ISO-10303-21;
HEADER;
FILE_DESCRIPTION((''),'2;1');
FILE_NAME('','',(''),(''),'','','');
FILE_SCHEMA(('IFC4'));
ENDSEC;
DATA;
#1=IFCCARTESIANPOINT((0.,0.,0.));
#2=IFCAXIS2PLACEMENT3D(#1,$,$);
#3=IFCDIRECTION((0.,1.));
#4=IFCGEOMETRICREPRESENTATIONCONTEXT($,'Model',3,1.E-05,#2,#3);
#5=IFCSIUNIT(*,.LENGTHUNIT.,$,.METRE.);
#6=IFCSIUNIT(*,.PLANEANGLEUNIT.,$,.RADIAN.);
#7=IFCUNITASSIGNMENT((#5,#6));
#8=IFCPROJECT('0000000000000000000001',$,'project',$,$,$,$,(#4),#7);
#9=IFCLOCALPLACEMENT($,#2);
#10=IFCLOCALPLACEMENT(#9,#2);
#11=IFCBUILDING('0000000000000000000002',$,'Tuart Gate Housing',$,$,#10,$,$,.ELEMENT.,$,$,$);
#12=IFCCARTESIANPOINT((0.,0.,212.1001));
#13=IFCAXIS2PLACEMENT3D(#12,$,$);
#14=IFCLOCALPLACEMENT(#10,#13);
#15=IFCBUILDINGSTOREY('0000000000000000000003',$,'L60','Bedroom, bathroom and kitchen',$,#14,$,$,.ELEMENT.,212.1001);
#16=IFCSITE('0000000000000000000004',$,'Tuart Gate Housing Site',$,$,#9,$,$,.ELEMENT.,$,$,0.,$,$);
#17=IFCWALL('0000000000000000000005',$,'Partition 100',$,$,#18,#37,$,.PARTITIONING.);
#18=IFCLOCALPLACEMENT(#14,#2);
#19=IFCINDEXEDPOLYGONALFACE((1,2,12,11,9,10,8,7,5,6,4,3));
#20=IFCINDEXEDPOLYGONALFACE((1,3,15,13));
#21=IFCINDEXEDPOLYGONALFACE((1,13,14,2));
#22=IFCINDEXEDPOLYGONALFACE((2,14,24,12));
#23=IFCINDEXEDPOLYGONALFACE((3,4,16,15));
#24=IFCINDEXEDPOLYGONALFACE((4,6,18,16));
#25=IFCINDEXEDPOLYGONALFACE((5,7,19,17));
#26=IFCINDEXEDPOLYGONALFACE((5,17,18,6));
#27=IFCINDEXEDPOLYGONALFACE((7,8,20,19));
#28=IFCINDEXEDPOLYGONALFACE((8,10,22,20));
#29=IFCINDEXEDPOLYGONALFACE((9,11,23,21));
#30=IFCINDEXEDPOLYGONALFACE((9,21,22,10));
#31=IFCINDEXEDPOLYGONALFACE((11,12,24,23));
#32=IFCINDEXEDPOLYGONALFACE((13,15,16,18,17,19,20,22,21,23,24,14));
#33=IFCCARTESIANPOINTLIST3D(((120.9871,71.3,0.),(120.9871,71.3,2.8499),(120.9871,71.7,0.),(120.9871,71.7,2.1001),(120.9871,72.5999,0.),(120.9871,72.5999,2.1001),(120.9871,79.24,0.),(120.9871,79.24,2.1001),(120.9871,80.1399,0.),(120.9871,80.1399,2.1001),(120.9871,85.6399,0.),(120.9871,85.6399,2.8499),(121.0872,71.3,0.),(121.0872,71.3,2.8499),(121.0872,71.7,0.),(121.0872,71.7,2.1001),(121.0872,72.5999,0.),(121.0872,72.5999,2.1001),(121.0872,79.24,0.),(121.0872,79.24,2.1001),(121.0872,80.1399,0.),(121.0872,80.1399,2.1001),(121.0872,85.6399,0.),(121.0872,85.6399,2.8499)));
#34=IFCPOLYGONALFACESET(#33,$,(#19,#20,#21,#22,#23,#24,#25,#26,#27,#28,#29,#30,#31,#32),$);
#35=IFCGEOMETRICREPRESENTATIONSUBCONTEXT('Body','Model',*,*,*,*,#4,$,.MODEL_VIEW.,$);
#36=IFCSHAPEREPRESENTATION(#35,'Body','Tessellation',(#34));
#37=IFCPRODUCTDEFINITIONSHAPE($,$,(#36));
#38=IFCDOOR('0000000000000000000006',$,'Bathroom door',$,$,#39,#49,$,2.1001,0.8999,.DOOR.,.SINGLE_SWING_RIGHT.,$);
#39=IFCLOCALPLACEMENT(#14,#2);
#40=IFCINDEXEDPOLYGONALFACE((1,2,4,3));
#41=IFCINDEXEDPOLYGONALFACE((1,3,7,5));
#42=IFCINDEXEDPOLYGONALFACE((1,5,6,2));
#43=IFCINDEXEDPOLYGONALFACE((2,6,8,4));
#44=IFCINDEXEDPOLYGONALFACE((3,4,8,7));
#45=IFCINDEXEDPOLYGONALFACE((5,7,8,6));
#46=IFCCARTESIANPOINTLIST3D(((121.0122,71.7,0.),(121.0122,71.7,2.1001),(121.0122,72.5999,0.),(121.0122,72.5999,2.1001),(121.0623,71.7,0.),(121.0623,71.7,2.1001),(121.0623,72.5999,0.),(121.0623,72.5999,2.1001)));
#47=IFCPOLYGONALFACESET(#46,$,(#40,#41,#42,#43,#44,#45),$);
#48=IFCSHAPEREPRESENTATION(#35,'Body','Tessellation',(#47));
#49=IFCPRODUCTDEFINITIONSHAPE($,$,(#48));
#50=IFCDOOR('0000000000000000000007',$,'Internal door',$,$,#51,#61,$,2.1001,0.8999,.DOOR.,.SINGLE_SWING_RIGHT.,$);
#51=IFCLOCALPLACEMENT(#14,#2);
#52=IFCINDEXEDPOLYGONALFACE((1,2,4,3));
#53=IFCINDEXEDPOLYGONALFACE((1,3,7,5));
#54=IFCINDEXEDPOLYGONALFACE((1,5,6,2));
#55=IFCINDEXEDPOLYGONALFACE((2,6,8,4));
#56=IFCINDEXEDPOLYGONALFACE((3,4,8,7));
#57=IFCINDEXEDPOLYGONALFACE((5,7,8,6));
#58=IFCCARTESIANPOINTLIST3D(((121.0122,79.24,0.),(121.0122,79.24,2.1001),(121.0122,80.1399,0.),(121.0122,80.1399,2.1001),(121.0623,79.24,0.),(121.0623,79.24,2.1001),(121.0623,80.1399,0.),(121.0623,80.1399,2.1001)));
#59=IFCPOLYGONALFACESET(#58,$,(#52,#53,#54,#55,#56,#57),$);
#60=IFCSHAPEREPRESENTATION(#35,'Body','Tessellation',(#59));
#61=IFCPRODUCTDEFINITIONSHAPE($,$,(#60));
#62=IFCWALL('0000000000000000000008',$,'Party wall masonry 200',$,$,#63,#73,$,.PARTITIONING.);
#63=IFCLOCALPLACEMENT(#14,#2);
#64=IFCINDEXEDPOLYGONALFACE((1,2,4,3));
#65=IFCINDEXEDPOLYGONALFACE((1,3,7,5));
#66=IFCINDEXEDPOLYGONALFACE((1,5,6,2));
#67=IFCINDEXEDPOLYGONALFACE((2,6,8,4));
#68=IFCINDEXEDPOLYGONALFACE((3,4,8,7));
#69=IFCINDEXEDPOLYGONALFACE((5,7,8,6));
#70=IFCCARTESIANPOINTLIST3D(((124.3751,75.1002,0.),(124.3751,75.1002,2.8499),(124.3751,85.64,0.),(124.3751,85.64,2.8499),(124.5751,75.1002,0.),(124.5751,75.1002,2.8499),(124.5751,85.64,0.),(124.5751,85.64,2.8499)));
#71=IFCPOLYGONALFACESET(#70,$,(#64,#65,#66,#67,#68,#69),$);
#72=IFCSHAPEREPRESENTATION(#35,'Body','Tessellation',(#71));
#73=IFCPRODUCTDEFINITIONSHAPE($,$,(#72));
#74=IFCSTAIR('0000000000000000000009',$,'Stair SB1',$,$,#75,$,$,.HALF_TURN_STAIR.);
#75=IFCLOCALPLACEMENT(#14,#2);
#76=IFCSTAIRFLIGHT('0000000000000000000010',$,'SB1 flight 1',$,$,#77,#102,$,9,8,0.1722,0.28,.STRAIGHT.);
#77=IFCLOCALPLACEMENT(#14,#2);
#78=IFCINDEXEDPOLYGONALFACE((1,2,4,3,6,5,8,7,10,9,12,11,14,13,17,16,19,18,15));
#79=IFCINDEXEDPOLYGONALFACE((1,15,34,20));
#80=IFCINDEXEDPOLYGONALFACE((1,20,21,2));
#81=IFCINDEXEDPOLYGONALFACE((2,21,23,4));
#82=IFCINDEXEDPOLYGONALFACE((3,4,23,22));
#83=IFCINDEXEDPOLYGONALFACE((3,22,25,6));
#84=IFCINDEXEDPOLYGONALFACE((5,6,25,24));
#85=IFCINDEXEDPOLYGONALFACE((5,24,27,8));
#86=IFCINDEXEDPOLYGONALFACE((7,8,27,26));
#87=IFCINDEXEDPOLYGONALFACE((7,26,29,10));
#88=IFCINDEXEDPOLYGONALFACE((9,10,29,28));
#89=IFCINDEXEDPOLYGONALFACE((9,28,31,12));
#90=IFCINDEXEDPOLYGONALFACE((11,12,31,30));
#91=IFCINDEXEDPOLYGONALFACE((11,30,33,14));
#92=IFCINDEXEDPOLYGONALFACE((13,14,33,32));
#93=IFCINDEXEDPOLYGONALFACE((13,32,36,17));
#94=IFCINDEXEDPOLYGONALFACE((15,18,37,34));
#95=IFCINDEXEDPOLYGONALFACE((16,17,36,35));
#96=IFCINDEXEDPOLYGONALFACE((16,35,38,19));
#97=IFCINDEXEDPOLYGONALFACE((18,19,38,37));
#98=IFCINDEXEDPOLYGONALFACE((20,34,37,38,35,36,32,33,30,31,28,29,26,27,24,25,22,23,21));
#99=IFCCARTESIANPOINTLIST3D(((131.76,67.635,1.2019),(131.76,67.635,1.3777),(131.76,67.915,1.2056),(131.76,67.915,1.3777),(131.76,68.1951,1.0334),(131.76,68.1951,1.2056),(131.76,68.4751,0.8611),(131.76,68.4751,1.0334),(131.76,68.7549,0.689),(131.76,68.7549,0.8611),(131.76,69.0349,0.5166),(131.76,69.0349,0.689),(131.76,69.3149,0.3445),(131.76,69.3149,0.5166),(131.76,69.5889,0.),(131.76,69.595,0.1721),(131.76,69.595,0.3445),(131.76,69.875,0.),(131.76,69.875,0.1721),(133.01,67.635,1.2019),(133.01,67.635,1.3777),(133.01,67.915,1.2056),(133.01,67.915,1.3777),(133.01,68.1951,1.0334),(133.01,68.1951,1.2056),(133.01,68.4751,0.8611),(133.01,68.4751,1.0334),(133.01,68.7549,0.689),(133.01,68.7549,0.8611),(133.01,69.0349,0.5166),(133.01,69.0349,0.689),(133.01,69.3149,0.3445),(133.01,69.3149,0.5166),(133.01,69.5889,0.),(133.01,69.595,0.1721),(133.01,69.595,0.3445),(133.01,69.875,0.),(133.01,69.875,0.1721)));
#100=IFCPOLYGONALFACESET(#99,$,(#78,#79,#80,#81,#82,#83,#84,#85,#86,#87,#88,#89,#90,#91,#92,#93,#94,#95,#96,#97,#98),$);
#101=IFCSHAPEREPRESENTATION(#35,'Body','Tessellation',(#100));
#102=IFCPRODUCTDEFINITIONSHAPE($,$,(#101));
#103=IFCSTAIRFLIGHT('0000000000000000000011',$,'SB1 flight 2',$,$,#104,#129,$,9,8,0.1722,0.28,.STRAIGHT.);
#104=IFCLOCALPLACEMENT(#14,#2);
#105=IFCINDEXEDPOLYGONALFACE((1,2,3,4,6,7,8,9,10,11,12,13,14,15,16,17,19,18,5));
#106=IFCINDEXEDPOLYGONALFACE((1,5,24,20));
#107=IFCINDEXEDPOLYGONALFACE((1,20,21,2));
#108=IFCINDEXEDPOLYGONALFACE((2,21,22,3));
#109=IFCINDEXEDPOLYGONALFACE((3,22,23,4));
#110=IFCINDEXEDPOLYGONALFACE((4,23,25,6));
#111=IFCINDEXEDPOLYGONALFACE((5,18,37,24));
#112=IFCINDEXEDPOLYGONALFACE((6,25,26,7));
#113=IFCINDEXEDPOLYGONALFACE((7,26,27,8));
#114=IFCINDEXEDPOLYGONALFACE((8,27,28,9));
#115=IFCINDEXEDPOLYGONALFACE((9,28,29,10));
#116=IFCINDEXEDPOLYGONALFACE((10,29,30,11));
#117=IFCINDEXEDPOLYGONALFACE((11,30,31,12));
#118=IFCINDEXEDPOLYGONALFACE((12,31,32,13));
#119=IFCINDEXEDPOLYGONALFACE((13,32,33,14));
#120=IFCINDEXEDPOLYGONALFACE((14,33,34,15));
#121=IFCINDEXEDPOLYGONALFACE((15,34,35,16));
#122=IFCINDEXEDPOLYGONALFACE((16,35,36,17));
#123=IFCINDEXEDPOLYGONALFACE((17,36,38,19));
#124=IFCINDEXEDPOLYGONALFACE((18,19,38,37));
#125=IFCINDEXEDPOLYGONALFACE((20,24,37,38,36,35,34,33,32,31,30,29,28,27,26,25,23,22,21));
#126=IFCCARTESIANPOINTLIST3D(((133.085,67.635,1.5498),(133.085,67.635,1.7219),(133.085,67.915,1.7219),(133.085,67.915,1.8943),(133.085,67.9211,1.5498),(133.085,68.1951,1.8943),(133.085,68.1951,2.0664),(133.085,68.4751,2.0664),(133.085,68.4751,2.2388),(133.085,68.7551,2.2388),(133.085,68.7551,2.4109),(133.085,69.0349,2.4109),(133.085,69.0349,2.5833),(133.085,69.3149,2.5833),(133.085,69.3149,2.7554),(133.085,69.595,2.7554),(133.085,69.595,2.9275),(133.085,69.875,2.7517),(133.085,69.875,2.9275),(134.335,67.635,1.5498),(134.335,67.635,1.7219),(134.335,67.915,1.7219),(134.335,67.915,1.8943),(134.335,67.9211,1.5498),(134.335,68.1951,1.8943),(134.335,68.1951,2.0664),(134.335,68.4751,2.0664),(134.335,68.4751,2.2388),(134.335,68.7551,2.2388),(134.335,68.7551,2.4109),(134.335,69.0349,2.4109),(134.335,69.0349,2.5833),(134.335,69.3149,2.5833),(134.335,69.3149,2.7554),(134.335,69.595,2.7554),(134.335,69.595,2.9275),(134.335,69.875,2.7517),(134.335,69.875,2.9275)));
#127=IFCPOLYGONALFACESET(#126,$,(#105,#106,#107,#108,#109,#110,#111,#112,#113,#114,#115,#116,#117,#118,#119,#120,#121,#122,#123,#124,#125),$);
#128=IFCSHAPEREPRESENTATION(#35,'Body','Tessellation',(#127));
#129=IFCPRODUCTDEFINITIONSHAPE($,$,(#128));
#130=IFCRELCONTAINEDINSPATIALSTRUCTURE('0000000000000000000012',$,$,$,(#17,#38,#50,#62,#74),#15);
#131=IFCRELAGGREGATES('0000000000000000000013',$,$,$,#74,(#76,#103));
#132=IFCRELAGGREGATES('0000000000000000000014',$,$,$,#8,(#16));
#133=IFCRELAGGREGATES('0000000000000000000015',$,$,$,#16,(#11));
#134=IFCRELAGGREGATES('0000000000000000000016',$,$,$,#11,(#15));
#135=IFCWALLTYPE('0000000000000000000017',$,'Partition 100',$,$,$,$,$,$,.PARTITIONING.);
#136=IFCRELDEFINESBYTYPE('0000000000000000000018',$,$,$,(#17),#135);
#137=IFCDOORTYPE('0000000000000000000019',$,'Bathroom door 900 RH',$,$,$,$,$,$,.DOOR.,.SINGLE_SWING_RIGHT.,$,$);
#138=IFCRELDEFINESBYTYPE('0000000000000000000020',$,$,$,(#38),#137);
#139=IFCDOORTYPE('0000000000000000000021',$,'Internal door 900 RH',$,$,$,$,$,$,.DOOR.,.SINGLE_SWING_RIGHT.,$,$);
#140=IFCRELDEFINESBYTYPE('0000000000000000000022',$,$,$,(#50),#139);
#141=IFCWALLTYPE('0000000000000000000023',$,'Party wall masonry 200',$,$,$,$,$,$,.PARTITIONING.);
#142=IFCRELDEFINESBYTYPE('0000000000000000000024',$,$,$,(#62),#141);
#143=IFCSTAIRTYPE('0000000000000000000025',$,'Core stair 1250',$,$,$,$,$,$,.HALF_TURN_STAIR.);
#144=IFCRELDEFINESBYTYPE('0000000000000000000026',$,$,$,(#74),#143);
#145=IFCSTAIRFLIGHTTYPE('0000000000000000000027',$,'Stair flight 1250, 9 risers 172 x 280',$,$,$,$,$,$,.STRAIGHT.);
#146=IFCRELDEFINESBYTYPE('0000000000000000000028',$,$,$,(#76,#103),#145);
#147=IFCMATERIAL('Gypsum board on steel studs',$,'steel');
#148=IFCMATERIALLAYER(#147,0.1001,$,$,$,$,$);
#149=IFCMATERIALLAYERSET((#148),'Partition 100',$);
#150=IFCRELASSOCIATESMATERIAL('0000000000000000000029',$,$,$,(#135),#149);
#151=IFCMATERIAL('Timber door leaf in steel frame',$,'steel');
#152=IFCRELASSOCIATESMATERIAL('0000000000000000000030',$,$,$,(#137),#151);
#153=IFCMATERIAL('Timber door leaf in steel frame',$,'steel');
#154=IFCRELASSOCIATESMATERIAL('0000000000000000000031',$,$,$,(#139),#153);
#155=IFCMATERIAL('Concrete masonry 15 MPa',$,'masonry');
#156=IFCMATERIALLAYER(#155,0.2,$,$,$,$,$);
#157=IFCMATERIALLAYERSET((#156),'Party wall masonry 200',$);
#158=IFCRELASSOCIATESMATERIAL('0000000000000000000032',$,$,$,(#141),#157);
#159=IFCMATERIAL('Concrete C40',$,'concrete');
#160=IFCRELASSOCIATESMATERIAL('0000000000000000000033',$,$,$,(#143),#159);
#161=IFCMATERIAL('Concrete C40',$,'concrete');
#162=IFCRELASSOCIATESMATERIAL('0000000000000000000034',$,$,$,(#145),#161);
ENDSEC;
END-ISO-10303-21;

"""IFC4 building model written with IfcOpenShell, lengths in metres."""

from ifc_helpers import new_model, si_unit, direction, frame, frame_2d, origin, place, context, subcontext, project, spatial, polyline, rectangle, outline, extrude, material, layer, layer_set, type_object, element, fill, aggregate, save


model = new_model("IFC4")

# Units and contexts
model_context = context("Model", 3, precision=1e-05, world=origin(), true_north=direction((0.0, 1.0)))
body_context = subcontext(model_context, "Body", "Model", "MODEL_VIEW")
ifc_project = project(units=[si_unit("LENGTHUNIT", "METRE"), si_unit("PLANEANGLEUNIT", "RADIAN")], contexts=[model_context])

# Site, building, storey
site_placement = place(None, origin())
site = spatial("IfcSite", under=ifc_project, at=site_placement, Name="Tuart Gate Housing Site", CompositionType="ELEMENT", RefElevation=0.0)
building_placement = place(site_placement, origin())
building = spatial("IfcBuilding", under=site, at=building_placement, Name="Tuart Gate Housing", CompositionType="ELEMENT")
storey_placement = place(building_placement, frame((0.0, 0.0, 212.1001)))
storey = spatial("IfcBuildingStorey", under=building, at=storey_placement, Name="L60", Description="Bedroom, bathroom and kitchen", CompositionType="ELEMENT", Elevation=212.1001)

# Shared definitions
ifc_material_1 = material(Name="Gypsum board on steel studs", Category="steel")
ifc_layer_1 = layer(ifc_material_1, 0.1001)
ifc_layer_set_1 = layer_set([ifc_layer_1], Name="Partition 100")
wall_type_1 = type_object("IfcWallType", Name="Partition 100", PredefinedType="PARTITIONING", material=ifc_layer_set_1)

# Wall, openings, doors
wall_1_placement = place(storey_placement, frame((121.0371, 71.3, 0.0), z_axis=(0.0, 0.0, 1.0), x_axis=(0.0, 1.0, 0.0)))
wall_1 = element("IfcWall", 1, at=wall_1_placement, inside=storey, type_object=wall_type_1, Name="Partition 100", PredefinedType="PARTITIONING", context=body_context, shape_type="SweptSolid", body=[
    extrude(rectangle(XDim=14.3398, YDim=0.1001, at=frame_2d((7.1699, 0.0))), origin(), (0.0, 0.0, 1.0), 2.8499),
])
opening_1_placement = place(wall_1_placement, frame((7.9399, 0.0, 0.0)))
opening_1 = element("IfcOpeningElement", 2, at=opening_1_placement, cuts=wall_1, PredefinedType="OPENING", context=body_context, shape_type="SweptSolid", body=[
    extrude(rectangle(XDim=0.8999, YDim=2.1001, at=frame_2d((0.45, 1.05))), frame((0.0, 0.0601, 0.0), z_axis=(0.0, -1.0, 0.0), x_axis=(1.0, 0.0, 0.0)), (0.0, 0.0, 1.0), 0.1201),
])
opening_2_placement = place(wall_1_placement, frame((0.3999, 0.0, 0.0)))
opening_2 = element("IfcOpeningElement", 3, at=opening_2_placement, cuts=wall_1, PredefinedType="OPENING", context=body_context, shape_type="SweptSolid", body=[
    extrude(rectangle(XDim=0.8999, YDim=2.1001, at=frame_2d((0.45, 1.05))), frame((0.0, 0.0601, 0.0), z_axis=(0.0, -1.0, 0.0), x_axis=(1.0, 0.0, 0.0)), (0.0, 0.0, 1.0), 0.1201),
])
ifc_material_2 = material(Name="Timber door leaf in steel frame", Category="steel")
door_type_1 = type_object("IfcDoorType", Name="Bathroom door 900 RH", OperationType="SINGLE_SWING_RIGHT", PredefinedType="DOOR", material=ifc_material_2)
door_1_placement = place(opening_2_placement, frame((0.8999, 0.0, 0.0), z_axis=(0.0, 0.0, 1.0), x_axis=(-1.0, 0.0, 0.0)))
door_1 = element("IfcDoor", 4, at=door_1_placement, inside=storey, type_object=door_type_1, Name="Bathroom door", OperationType="SINGLE_SWING_RIGHT", OverallHeight=2.1001, OverallWidth=0.8999, PredefinedType="DOOR", context=body_context, shape_type="SweptSolid", body=[
    extrude(rectangle(XDim=0.8999, YDim=2.1001, at=frame_2d((0.45, 1.05))), frame((0.0, 0.0251, 0.0), z_axis=(0.0, -1.0, 0.0), x_axis=(1.0, 0.0, 0.0)), (0.0, 0.0, 1.0), 0.05),
])
fill(opening_2, door_1)
ifc_material_3 = material(Name="Timber door leaf in steel frame", Category="steel")
door_type_2 = type_object("IfcDoorType", Name="Internal door 900 RH", OperationType="SINGLE_SWING_RIGHT", PredefinedType="DOOR", material=ifc_material_3)
door_2_placement = place(opening_1_placement, frame((0.8999, 0.0, 0.0), z_axis=(0.0, 0.0, 1.0), x_axis=(-1.0, 0.0, 0.0)))
door_2 = element("IfcDoor", 5, at=door_2_placement, inside=storey, type_object=door_type_2, Name="Internal door", OperationType="SINGLE_SWING_RIGHT", OverallHeight=2.1001, OverallWidth=0.8999, PredefinedType="DOOR", context=body_context, shape_type="SweptSolid", body=[
    extrude(rectangle(XDim=0.8999, YDim=2.1001, at=frame_2d((0.45, 1.05))), frame((0.0, 0.0251, 0.0), z_axis=(0.0, -1.0, 0.0), x_axis=(1.0, 0.0, 0.0)), (0.0, 0.0, 1.0), 0.05),
])
fill(opening_1, door_2)

# Wall
ifc_material_4 = material(Name="Concrete masonry 15 MPa", Category="masonry")
ifc_layer_2 = layer(ifc_material_4, 0.2)
ifc_layer_set_2 = layer_set([ifc_layer_2], Name="Party wall masonry 200")
wall_type_2 = type_object("IfcWallType", Name="Party wall masonry 200", PredefinedType="PARTITIONING", material=ifc_layer_set_2)
wall_2_placement = place(storey_placement, frame((124.4751, 75.1001, 0.0), z_axis=(0.0, 0.0, 1.0), x_axis=(0.0, 1.0, 0.0)))
element("IfcWall", 6, at=wall_2_placement, inside=storey, type_object=wall_type_2, Name="Party wall masonry 200", PredefinedType="PARTITIONING", context=body_context, shape_type="SweptSolid", body=[
    extrude(rectangle(XDim=10.5398, YDim=0.2, at=frame_2d((5.27, 0.0))), origin(), (0.0, 0.0, 1.0), 2.8499),
])

# Stair, stair flights
ifc_material_5 = material(Name="Concrete C40", Category="concrete")
stair_type = type_object("IfcStairType", Name="Core stair 1250", PredefinedType="HALF_TURN_STAIR", material=ifc_material_5)
stair_placement = place(storey_placement, origin())
stair = element("IfcStair", 7, at=stair_placement, inside=storey, type_object=stair_type, Name="Stair SB1", PredefinedType="HALF_TURN_STAIR")
ifc_material_6 = material(Name="Concrete C40", Category="concrete")
stair_flight_type = type_object("IfcStairFlightType", Name="Stair flight 1250, 9 risers 172 x 280", PredefinedType="STRAIGHT", material=ifc_material_6)
stair_flight_1_placement = place(storey_placement, frame((132.385, 69.875, 0.0), z_axis=(0.0, 0.0, 1.0), x_axis=(0.0, -1.0, 0.0)))
stair_flight_1 = element("IfcStairFlight", 8, at=stair_flight_1_placement, type_object=stair_flight_type, Name="SB1 flight 1", NumberOfRisers=9, NumberOfTreads=8, PredefinedType="STRAIGHT", RiserHeight=0.1722, TreadLength=0.28, context=body_context, shape_type="SweptSolid", body=[
    extrude(outline(polyline([(0.0, 0.0), (0.0, 0.1721), (0.28, 0.1721), (0.28, 0.3445), (0.5601, 0.3445), (0.5601, 0.5166), (0.8401, 0.5166), (0.8401, 0.689), (1.1201, 0.689), (1.1201, 0.8611), (1.3999, 0.8611), (1.3999, 1.0334), (1.6799, 1.0334), (1.6799, 1.2056), (1.96, 1.2056), (1.96, 1.3777), (2.24, 1.3777), (2.24, 1.55), (2.24, 1.2019), (0.2861, 0.0), (0.0, 0.0)])), frame((0.0, 0.625, 0.0), z_axis=(0.0, -1.0, 0.0), x_axis=(1.0, 0.0, 0.0)), (0.0, 0.0, 1.0), 1.25),
])
stair_flight_2_placement = place(storey_placement, frame((133.71, 67.635, 1.5498), z_axis=(0.0, 0.0, 1.0), x_axis=(0.0, 1.0, 0.0)))
stair_flight_2 = element("IfcStairFlight", 9, at=stair_flight_2_placement, type_object=stair_flight_type, Name="SB1 flight 2", NumberOfRisers=9, NumberOfTreads=8, PredefinedType="STRAIGHT", RiserHeight=0.1722, TreadLength=0.28, context=body_context, shape_type="SweptSolid", body=[
    extrude(outline(polyline([(0.0, 0.0), (0.0, 0.1721), (0.28, 0.1721), (0.28, 0.3445), (0.5601, 0.3445), (0.5601, 0.5166), (0.8401, 0.5166), (0.8401, 0.689), (1.1201, 0.689), (1.1201, 0.8611), (1.3999, 0.8611), (1.3999, 1.0334), (1.6799, 1.0334), (1.6799, 1.2056), (1.96, 1.2056), (1.96, 1.3777), (2.24, 1.3777), (2.24, 1.55), (2.24, 1.2019), (0.2861, 0.0), (0.0, 0.0)])), frame((0.0, 0.625, 0.0), z_axis=(0.0, -1.0, 0.0), x_axis=(1.0, 0.0, 0.0)), (0.0, 0.0, 1.0), 1.25),
])
aggregate(stair, [stair_flight_1, stair_flight_2])

save(model, "model.ifc")
